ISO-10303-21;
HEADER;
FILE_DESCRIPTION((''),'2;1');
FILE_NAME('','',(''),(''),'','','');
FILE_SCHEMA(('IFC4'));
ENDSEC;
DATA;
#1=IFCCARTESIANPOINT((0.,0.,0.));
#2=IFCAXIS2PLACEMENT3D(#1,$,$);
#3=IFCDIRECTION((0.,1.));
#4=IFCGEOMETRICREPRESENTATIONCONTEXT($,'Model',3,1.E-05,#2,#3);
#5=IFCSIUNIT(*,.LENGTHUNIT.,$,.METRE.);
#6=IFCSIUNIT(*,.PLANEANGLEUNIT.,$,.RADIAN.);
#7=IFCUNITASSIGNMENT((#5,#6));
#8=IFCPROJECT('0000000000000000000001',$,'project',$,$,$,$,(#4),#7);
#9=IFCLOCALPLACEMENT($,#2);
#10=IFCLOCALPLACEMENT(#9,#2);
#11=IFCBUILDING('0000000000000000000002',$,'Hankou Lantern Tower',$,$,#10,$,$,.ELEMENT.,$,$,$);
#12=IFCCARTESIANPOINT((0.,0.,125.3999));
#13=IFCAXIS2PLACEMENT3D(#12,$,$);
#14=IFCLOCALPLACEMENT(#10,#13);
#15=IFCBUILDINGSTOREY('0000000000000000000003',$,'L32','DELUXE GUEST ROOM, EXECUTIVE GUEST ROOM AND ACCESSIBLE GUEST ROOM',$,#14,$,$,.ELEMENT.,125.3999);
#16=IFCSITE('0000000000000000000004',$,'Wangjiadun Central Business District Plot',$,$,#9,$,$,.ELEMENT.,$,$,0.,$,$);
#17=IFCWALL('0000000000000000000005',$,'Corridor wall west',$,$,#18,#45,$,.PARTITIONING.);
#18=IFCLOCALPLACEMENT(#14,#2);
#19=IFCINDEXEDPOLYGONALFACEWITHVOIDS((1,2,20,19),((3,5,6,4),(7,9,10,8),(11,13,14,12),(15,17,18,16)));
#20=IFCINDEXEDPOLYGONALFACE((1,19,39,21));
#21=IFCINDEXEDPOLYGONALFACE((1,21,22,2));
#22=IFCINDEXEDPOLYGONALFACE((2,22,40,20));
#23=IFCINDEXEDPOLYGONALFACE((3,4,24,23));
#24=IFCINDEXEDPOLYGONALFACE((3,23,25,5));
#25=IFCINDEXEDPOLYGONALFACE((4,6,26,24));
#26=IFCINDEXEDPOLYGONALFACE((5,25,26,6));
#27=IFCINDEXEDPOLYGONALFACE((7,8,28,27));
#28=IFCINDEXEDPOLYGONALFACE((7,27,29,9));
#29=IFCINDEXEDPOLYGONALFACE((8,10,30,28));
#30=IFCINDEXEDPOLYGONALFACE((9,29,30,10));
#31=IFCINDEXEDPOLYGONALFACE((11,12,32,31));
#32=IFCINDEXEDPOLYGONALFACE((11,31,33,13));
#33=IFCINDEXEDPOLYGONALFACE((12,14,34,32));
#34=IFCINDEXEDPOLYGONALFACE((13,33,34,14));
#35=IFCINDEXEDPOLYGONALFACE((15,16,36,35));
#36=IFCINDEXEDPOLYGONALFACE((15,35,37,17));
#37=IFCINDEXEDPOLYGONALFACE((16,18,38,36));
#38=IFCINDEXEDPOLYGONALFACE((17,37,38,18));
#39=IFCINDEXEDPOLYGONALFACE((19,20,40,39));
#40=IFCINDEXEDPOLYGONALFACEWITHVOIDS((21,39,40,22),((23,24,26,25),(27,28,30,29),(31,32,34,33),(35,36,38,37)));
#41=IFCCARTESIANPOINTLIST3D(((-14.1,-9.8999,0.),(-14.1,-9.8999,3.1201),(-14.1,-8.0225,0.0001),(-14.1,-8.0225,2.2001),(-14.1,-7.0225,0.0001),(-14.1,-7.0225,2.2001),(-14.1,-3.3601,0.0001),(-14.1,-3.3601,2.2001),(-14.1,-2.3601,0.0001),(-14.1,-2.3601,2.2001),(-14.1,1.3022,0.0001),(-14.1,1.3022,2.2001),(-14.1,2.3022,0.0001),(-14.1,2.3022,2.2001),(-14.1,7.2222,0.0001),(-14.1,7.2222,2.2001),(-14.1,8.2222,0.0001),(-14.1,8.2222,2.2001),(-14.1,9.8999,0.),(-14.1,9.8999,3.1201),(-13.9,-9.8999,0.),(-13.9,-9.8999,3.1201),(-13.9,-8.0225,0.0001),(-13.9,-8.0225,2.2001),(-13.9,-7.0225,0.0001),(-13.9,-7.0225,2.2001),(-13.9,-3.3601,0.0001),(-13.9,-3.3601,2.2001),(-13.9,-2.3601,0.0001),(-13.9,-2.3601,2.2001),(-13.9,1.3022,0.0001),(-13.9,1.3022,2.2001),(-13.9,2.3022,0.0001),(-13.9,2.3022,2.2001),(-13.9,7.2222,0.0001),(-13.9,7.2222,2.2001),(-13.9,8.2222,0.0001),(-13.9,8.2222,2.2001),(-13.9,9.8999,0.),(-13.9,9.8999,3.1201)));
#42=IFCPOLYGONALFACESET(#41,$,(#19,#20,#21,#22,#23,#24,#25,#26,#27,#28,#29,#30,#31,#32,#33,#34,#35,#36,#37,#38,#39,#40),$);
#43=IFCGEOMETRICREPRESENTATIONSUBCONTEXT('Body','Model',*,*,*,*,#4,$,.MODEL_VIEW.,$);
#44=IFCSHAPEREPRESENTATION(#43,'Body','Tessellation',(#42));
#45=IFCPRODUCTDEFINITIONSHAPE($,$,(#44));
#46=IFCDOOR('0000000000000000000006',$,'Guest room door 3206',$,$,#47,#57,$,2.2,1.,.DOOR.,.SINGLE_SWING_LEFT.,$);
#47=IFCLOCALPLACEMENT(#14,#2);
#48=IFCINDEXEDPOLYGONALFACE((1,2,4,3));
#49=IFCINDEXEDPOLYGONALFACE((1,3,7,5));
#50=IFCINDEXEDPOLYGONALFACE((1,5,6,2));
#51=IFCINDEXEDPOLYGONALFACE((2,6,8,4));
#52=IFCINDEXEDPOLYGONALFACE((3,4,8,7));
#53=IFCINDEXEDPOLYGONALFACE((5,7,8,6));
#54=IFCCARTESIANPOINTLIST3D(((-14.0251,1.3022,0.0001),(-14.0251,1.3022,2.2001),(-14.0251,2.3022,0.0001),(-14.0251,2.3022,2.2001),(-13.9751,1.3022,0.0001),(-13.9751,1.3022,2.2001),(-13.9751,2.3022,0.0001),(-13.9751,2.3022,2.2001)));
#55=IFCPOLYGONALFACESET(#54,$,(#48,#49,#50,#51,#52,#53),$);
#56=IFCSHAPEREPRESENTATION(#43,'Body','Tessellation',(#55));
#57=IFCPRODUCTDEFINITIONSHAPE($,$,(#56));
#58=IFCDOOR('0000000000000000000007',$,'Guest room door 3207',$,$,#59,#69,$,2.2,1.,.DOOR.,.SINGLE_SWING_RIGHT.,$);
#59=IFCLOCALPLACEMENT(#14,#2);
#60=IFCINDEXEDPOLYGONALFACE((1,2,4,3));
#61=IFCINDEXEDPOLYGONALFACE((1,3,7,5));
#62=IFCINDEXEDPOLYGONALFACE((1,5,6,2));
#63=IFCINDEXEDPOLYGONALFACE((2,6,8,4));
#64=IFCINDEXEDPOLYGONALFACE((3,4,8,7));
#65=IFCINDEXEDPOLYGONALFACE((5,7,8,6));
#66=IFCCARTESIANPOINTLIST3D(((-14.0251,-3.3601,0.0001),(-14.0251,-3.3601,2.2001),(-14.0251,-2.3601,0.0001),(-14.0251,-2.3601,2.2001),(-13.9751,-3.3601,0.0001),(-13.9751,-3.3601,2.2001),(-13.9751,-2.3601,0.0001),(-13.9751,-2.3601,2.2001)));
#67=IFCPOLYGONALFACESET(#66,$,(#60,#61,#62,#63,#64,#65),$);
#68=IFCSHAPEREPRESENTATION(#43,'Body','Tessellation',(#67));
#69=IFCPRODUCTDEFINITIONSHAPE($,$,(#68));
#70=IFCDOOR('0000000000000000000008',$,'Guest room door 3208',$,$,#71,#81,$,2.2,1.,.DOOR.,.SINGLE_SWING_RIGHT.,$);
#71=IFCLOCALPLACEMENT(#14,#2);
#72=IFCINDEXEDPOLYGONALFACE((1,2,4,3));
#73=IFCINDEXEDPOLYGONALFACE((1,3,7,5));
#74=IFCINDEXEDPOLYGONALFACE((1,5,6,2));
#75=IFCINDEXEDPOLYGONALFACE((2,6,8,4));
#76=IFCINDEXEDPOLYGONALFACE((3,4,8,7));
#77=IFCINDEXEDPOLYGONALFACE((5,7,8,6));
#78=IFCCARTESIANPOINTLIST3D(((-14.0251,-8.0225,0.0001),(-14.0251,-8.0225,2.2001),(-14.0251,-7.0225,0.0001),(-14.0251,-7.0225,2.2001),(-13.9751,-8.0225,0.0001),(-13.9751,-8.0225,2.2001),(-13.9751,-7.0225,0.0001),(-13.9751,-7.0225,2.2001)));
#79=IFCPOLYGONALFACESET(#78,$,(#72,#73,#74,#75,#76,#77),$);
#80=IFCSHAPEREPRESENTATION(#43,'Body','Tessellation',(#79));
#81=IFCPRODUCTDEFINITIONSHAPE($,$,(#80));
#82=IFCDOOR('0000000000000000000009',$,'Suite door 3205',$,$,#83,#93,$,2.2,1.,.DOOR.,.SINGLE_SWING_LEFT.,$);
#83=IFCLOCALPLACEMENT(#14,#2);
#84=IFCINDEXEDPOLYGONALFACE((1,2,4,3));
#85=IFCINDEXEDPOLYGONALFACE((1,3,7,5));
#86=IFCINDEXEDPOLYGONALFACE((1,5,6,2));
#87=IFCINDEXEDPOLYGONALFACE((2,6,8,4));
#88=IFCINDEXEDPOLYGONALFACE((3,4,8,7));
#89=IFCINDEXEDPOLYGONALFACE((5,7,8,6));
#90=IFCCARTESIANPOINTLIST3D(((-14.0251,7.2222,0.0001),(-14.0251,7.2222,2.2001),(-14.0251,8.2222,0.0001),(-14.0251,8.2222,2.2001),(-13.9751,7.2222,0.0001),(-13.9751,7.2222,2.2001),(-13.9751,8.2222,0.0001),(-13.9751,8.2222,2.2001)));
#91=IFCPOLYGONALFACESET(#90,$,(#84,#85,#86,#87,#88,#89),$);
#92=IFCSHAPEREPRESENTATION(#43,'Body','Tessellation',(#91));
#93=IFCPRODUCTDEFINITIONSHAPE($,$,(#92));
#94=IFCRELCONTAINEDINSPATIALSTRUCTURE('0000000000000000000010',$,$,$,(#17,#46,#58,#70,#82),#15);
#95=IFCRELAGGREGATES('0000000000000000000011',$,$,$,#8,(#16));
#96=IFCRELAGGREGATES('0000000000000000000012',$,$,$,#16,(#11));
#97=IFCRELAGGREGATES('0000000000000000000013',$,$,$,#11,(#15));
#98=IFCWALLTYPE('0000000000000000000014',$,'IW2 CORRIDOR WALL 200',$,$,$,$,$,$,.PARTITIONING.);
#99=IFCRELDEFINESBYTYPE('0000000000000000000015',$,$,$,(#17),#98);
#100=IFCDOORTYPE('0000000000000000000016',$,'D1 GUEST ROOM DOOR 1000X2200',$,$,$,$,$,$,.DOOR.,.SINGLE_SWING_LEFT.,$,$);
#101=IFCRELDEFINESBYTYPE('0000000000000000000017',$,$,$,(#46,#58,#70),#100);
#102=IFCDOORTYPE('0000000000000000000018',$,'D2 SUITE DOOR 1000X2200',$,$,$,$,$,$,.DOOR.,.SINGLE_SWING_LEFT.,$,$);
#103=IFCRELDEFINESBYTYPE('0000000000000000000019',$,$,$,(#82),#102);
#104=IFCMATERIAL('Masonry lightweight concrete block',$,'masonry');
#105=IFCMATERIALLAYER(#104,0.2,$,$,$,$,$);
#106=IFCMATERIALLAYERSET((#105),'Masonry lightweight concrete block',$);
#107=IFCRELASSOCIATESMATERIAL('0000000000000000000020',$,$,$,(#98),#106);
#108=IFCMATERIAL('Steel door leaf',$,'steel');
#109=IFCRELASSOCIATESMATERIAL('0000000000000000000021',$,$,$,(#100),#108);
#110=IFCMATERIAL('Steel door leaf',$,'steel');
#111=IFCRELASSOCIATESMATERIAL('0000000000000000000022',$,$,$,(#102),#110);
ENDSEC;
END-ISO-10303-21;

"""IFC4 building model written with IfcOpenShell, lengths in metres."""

from ifc_helpers import new_model, si_unit, direction, frame, frame_2d, origin, place, context, subcontext, project, spatial, rectangle, extrude, material, layer, layer_set, type_object, element, fill, save


model = new_model("IFC4")

# Units and contexts
model_context = context("Model", 3, precision=1e-05, world=origin(), true_north=direction((0.0, 1.0)))
body_context = subcontext(model_context, "Body", "Model", "MODEL_VIEW")
ifc_project = project(units=[si_unit("LENGTHUNIT", "METRE"), si_unit("PLANEANGLEUNIT", "RADIAN")], contexts=[model_context])

# Site, building, storey
site_placement = place(None, origin())
site = spatial("IfcSite", under=ifc_project, at=site_placement, Name="Wangjiadun Central Business District Plot", CompositionType="ELEMENT", RefElevation=0.0)
building_placement = place(site_placement, origin())
building = spatial("IfcBuilding", under=site, at=building_placement, Name="Hankou Lantern Tower", CompositionType="ELEMENT")
storey_placement = place(building_placement, frame((0.0, 0.0, 125.3999)))
storey = spatial("IfcBuildingStorey", under=building, at=storey_placement, Name="L32", Description="DELUXE GUEST ROOM, EXECUTIVE GUEST ROOM AND ACCESSIBLE GUEST ROOM", CompositionType="ELEMENT", Elevation=125.3999)

# Shared definitions
ifc_material_1 = material(Name="Masonry lightweight concrete block", Category="masonry")
ifc_layer_1 = layer(ifc_material_1, 0.2)
ifc_layer_set_1 = layer_set([ifc_layer_1], Name="Masonry lightweight concrete block")
wall_type_1 = type_object("IfcWallType", Name="IW2 CORRIDOR WALL 200", PredefinedType="PARTITIONING", material=ifc_layer_set_1)

# Wall, openings, doors
wall_1_placement = place(storey_placement, frame((-14.0, 9.8999, 0.0), z_axis=(0.0, 0.0, 1.0), x_axis=(0.0, -1.0, 0.0)))
wall_1 = element("IfcWall", 1, at=wall_1_placement, inside=storey, type_object=wall_type_1, Name="Corridor wall west", PredefinedType="PARTITIONING", context=body_context, shape_type="SweptSolid", body=[
    extrude(rectangle(XDim=19.7998, YDim=0.2, at=frame_2d((9.8999, 0.0))), origin(), (0.0, 0.0, 1.0), 3.1201),
])
opening_1_placement = place(wall_1_placement, frame((1.6777, 0.0, 0.0)))
opening_1 = element("IfcOpeningElement", 2, at=opening_1_placement, cuts=wall_1, PredefinedType="OPENING", context=body_context, shape_type="SweptSolid", body=[
    extrude(rectangle(XDim=1.0, YDim=2.2, at=frame_2d((0.5, 1.1001))), frame((0.0, 0.1099, 0.0), z_axis=(0.0, -1.0, 0.0), x_axis=(1.0, 0.0, 0.0)), (0.0, 0.0, 1.0), 0.22),
])
opening_2_placement = place(wall_1_placement, frame((7.5977, 0.0, 0.0)))
opening_2 = element("IfcOpeningElement", 3, at=opening_2_placement, cuts=wall_1, PredefinedType="OPENING", context=body_context, shape_type="SweptSolid", body=[
    extrude(rectangle(XDim=1.0, YDim=2.2, at=frame_2d((0.5, 1.1001))), frame((0.0, 0.1099, 0.0), z_axis=(0.0, -1.0, 0.0), x_axis=(1.0, 0.0, 0.0)), (0.0, 0.0, 1.0), 0.22),
])
opening_3_placement = place(wall_1_placement, frame((12.26, 0.0, 0.0)))
opening_3 = element("IfcOpeningElement", 4, at=opening_3_placement, cuts=wall_1, PredefinedType="OPENING", context=body_context, shape_type="SweptSolid", body=[
    extrude(rectangle(XDim=1.0, YDim=2.2, at=frame_2d((0.5, 1.1001))), frame((0.0, 0.1099, 0.0), z_axis=(0.0, -1.0, 0.0), x_axis=(1.0, 0.0, 0.0)), (0.0, 0.0, 1.0), 0.22),
])
opening_4_placement = place(wall_1_placement, frame((16.9224, 0.0, 0.0)))
opening_4 = element("IfcOpeningElement", 5, at=opening_4_placement, cuts=wall_1, PredefinedType="OPENING", context=body_context, shape_type="SweptSolid", body=[
    extrude(rectangle(XDim=1.0, YDim=2.2, at=frame_2d((0.5, 1.1001))), frame((0.0, 0.1099, 0.0), z_axis=(0.0, -1.0, 0.0), x_axis=(1.0, 0.0, 0.0)), (0.0, 0.0, 1.0), 0.22),
])
ifc_material_2 = material(Name="Steel door leaf", Category="steel")
door_type_1 = type_object("IfcDoorType", Name="D1 GUEST ROOM DOOR 1000X2200", OperationType="SINGLE_SWING_LEFT", PredefinedType="DOOR", material=ifc_material_2)
door_1_placement = place(opening_2_placement, origin())
door_1 = element("IfcDoor", 6, at=door_1_placement, inside=storey, type_object=door_type_1, Name="Guest room door 3206", OperationType="SINGLE_SWING_LEFT", OverallHeight=2.2, OverallWidth=1.0, PredefinedType="DOOR", context=body_context, shape_type="SweptSolid", body=[
    extrude(rectangle(XDim=1.0, YDim=2.2, at=frame_2d((0.5, 1.1001))), frame((0.0, 0.0249, 0.0), z_axis=(0.0, -1.0, 0.0), x_axis=(1.0, 0.0, 0.0)), (0.0, 0.0, 1.0), 0.05),
])
fill(opening_2, door_1)
door_2_placement = place(opening_3_placement, origin())
door_2 = element("IfcDoor", 7, at=door_2_placement, inside=storey, type_object=door_type_1, Name="Guest room door 3207", OperationType="SINGLE_SWING_RIGHT", OverallHeight=2.2, OverallWidth=1.0, PredefinedType="DOOR", context=body_context, shape_type="SweptSolid", body=[
    extrude(rectangle(XDim=1.0, YDim=2.2, at=frame_2d((0.5, 1.1001))), frame((0.0, 0.0249, 0.0), z_axis=(0.0, -1.0, 0.0), x_axis=(1.0, 0.0, 0.0)), (0.0, 0.0, 1.0), 0.05),
])
fill(opening_3, door_2)
door_3_placement = place(opening_4_placement, origin())
door_3 = element("IfcDoor", 8, at=door_3_placement, inside=storey, type_object=door_type_1, Name="Guest room door 3208", OperationType="SINGLE_SWING_RIGHT", OverallHeight=2.2, OverallWidth=1.0, PredefinedType="DOOR", context=body_context, shape_type="SweptSolid", body=[
    extrude(rectangle(XDim=1.0, YDim=2.2, at=frame_2d((0.5, 1.1001))), frame((0.0, 0.0249, 0.0), z_axis=(0.0, -1.0, 0.0), x_axis=(1.0, 0.0, 0.0)), (0.0, 0.0, 1.0), 0.05),
])
fill(opening_4, door_3)
ifc_material_3 = material(Name="Steel door leaf", Category="steel")
door_type_2 = type_object("IfcDoorType", Name="D2 SUITE DOOR 1000X2200", OperationType="SINGLE_SWING_LEFT", PredefinedType="DOOR", material=ifc_material_3)
door_4_placement = place(opening_1_placement, origin())
door_4 = element("IfcDoor", 9, at=door_4_placement, inside=storey, type_object=door_type_2, Name="Suite door 3205", OperationType="SINGLE_SWING_LEFT", OverallHeight=2.2, OverallWidth=1.0, PredefinedType="DOOR", context=body_context, shape_type="SweptSolid", body=[
    extrude(rectangle(XDim=1.0, YDim=2.2, at=frame_2d((0.5, 1.1001))), frame((0.0, 0.0249, 0.0), z_axis=(0.0, -1.0, 0.0), x_axis=(1.0, 0.0, 0.0)), (0.0, 0.0, 1.0), 0.05),
])
fill(opening_1, door_4)

save(model, "model.ifc")
